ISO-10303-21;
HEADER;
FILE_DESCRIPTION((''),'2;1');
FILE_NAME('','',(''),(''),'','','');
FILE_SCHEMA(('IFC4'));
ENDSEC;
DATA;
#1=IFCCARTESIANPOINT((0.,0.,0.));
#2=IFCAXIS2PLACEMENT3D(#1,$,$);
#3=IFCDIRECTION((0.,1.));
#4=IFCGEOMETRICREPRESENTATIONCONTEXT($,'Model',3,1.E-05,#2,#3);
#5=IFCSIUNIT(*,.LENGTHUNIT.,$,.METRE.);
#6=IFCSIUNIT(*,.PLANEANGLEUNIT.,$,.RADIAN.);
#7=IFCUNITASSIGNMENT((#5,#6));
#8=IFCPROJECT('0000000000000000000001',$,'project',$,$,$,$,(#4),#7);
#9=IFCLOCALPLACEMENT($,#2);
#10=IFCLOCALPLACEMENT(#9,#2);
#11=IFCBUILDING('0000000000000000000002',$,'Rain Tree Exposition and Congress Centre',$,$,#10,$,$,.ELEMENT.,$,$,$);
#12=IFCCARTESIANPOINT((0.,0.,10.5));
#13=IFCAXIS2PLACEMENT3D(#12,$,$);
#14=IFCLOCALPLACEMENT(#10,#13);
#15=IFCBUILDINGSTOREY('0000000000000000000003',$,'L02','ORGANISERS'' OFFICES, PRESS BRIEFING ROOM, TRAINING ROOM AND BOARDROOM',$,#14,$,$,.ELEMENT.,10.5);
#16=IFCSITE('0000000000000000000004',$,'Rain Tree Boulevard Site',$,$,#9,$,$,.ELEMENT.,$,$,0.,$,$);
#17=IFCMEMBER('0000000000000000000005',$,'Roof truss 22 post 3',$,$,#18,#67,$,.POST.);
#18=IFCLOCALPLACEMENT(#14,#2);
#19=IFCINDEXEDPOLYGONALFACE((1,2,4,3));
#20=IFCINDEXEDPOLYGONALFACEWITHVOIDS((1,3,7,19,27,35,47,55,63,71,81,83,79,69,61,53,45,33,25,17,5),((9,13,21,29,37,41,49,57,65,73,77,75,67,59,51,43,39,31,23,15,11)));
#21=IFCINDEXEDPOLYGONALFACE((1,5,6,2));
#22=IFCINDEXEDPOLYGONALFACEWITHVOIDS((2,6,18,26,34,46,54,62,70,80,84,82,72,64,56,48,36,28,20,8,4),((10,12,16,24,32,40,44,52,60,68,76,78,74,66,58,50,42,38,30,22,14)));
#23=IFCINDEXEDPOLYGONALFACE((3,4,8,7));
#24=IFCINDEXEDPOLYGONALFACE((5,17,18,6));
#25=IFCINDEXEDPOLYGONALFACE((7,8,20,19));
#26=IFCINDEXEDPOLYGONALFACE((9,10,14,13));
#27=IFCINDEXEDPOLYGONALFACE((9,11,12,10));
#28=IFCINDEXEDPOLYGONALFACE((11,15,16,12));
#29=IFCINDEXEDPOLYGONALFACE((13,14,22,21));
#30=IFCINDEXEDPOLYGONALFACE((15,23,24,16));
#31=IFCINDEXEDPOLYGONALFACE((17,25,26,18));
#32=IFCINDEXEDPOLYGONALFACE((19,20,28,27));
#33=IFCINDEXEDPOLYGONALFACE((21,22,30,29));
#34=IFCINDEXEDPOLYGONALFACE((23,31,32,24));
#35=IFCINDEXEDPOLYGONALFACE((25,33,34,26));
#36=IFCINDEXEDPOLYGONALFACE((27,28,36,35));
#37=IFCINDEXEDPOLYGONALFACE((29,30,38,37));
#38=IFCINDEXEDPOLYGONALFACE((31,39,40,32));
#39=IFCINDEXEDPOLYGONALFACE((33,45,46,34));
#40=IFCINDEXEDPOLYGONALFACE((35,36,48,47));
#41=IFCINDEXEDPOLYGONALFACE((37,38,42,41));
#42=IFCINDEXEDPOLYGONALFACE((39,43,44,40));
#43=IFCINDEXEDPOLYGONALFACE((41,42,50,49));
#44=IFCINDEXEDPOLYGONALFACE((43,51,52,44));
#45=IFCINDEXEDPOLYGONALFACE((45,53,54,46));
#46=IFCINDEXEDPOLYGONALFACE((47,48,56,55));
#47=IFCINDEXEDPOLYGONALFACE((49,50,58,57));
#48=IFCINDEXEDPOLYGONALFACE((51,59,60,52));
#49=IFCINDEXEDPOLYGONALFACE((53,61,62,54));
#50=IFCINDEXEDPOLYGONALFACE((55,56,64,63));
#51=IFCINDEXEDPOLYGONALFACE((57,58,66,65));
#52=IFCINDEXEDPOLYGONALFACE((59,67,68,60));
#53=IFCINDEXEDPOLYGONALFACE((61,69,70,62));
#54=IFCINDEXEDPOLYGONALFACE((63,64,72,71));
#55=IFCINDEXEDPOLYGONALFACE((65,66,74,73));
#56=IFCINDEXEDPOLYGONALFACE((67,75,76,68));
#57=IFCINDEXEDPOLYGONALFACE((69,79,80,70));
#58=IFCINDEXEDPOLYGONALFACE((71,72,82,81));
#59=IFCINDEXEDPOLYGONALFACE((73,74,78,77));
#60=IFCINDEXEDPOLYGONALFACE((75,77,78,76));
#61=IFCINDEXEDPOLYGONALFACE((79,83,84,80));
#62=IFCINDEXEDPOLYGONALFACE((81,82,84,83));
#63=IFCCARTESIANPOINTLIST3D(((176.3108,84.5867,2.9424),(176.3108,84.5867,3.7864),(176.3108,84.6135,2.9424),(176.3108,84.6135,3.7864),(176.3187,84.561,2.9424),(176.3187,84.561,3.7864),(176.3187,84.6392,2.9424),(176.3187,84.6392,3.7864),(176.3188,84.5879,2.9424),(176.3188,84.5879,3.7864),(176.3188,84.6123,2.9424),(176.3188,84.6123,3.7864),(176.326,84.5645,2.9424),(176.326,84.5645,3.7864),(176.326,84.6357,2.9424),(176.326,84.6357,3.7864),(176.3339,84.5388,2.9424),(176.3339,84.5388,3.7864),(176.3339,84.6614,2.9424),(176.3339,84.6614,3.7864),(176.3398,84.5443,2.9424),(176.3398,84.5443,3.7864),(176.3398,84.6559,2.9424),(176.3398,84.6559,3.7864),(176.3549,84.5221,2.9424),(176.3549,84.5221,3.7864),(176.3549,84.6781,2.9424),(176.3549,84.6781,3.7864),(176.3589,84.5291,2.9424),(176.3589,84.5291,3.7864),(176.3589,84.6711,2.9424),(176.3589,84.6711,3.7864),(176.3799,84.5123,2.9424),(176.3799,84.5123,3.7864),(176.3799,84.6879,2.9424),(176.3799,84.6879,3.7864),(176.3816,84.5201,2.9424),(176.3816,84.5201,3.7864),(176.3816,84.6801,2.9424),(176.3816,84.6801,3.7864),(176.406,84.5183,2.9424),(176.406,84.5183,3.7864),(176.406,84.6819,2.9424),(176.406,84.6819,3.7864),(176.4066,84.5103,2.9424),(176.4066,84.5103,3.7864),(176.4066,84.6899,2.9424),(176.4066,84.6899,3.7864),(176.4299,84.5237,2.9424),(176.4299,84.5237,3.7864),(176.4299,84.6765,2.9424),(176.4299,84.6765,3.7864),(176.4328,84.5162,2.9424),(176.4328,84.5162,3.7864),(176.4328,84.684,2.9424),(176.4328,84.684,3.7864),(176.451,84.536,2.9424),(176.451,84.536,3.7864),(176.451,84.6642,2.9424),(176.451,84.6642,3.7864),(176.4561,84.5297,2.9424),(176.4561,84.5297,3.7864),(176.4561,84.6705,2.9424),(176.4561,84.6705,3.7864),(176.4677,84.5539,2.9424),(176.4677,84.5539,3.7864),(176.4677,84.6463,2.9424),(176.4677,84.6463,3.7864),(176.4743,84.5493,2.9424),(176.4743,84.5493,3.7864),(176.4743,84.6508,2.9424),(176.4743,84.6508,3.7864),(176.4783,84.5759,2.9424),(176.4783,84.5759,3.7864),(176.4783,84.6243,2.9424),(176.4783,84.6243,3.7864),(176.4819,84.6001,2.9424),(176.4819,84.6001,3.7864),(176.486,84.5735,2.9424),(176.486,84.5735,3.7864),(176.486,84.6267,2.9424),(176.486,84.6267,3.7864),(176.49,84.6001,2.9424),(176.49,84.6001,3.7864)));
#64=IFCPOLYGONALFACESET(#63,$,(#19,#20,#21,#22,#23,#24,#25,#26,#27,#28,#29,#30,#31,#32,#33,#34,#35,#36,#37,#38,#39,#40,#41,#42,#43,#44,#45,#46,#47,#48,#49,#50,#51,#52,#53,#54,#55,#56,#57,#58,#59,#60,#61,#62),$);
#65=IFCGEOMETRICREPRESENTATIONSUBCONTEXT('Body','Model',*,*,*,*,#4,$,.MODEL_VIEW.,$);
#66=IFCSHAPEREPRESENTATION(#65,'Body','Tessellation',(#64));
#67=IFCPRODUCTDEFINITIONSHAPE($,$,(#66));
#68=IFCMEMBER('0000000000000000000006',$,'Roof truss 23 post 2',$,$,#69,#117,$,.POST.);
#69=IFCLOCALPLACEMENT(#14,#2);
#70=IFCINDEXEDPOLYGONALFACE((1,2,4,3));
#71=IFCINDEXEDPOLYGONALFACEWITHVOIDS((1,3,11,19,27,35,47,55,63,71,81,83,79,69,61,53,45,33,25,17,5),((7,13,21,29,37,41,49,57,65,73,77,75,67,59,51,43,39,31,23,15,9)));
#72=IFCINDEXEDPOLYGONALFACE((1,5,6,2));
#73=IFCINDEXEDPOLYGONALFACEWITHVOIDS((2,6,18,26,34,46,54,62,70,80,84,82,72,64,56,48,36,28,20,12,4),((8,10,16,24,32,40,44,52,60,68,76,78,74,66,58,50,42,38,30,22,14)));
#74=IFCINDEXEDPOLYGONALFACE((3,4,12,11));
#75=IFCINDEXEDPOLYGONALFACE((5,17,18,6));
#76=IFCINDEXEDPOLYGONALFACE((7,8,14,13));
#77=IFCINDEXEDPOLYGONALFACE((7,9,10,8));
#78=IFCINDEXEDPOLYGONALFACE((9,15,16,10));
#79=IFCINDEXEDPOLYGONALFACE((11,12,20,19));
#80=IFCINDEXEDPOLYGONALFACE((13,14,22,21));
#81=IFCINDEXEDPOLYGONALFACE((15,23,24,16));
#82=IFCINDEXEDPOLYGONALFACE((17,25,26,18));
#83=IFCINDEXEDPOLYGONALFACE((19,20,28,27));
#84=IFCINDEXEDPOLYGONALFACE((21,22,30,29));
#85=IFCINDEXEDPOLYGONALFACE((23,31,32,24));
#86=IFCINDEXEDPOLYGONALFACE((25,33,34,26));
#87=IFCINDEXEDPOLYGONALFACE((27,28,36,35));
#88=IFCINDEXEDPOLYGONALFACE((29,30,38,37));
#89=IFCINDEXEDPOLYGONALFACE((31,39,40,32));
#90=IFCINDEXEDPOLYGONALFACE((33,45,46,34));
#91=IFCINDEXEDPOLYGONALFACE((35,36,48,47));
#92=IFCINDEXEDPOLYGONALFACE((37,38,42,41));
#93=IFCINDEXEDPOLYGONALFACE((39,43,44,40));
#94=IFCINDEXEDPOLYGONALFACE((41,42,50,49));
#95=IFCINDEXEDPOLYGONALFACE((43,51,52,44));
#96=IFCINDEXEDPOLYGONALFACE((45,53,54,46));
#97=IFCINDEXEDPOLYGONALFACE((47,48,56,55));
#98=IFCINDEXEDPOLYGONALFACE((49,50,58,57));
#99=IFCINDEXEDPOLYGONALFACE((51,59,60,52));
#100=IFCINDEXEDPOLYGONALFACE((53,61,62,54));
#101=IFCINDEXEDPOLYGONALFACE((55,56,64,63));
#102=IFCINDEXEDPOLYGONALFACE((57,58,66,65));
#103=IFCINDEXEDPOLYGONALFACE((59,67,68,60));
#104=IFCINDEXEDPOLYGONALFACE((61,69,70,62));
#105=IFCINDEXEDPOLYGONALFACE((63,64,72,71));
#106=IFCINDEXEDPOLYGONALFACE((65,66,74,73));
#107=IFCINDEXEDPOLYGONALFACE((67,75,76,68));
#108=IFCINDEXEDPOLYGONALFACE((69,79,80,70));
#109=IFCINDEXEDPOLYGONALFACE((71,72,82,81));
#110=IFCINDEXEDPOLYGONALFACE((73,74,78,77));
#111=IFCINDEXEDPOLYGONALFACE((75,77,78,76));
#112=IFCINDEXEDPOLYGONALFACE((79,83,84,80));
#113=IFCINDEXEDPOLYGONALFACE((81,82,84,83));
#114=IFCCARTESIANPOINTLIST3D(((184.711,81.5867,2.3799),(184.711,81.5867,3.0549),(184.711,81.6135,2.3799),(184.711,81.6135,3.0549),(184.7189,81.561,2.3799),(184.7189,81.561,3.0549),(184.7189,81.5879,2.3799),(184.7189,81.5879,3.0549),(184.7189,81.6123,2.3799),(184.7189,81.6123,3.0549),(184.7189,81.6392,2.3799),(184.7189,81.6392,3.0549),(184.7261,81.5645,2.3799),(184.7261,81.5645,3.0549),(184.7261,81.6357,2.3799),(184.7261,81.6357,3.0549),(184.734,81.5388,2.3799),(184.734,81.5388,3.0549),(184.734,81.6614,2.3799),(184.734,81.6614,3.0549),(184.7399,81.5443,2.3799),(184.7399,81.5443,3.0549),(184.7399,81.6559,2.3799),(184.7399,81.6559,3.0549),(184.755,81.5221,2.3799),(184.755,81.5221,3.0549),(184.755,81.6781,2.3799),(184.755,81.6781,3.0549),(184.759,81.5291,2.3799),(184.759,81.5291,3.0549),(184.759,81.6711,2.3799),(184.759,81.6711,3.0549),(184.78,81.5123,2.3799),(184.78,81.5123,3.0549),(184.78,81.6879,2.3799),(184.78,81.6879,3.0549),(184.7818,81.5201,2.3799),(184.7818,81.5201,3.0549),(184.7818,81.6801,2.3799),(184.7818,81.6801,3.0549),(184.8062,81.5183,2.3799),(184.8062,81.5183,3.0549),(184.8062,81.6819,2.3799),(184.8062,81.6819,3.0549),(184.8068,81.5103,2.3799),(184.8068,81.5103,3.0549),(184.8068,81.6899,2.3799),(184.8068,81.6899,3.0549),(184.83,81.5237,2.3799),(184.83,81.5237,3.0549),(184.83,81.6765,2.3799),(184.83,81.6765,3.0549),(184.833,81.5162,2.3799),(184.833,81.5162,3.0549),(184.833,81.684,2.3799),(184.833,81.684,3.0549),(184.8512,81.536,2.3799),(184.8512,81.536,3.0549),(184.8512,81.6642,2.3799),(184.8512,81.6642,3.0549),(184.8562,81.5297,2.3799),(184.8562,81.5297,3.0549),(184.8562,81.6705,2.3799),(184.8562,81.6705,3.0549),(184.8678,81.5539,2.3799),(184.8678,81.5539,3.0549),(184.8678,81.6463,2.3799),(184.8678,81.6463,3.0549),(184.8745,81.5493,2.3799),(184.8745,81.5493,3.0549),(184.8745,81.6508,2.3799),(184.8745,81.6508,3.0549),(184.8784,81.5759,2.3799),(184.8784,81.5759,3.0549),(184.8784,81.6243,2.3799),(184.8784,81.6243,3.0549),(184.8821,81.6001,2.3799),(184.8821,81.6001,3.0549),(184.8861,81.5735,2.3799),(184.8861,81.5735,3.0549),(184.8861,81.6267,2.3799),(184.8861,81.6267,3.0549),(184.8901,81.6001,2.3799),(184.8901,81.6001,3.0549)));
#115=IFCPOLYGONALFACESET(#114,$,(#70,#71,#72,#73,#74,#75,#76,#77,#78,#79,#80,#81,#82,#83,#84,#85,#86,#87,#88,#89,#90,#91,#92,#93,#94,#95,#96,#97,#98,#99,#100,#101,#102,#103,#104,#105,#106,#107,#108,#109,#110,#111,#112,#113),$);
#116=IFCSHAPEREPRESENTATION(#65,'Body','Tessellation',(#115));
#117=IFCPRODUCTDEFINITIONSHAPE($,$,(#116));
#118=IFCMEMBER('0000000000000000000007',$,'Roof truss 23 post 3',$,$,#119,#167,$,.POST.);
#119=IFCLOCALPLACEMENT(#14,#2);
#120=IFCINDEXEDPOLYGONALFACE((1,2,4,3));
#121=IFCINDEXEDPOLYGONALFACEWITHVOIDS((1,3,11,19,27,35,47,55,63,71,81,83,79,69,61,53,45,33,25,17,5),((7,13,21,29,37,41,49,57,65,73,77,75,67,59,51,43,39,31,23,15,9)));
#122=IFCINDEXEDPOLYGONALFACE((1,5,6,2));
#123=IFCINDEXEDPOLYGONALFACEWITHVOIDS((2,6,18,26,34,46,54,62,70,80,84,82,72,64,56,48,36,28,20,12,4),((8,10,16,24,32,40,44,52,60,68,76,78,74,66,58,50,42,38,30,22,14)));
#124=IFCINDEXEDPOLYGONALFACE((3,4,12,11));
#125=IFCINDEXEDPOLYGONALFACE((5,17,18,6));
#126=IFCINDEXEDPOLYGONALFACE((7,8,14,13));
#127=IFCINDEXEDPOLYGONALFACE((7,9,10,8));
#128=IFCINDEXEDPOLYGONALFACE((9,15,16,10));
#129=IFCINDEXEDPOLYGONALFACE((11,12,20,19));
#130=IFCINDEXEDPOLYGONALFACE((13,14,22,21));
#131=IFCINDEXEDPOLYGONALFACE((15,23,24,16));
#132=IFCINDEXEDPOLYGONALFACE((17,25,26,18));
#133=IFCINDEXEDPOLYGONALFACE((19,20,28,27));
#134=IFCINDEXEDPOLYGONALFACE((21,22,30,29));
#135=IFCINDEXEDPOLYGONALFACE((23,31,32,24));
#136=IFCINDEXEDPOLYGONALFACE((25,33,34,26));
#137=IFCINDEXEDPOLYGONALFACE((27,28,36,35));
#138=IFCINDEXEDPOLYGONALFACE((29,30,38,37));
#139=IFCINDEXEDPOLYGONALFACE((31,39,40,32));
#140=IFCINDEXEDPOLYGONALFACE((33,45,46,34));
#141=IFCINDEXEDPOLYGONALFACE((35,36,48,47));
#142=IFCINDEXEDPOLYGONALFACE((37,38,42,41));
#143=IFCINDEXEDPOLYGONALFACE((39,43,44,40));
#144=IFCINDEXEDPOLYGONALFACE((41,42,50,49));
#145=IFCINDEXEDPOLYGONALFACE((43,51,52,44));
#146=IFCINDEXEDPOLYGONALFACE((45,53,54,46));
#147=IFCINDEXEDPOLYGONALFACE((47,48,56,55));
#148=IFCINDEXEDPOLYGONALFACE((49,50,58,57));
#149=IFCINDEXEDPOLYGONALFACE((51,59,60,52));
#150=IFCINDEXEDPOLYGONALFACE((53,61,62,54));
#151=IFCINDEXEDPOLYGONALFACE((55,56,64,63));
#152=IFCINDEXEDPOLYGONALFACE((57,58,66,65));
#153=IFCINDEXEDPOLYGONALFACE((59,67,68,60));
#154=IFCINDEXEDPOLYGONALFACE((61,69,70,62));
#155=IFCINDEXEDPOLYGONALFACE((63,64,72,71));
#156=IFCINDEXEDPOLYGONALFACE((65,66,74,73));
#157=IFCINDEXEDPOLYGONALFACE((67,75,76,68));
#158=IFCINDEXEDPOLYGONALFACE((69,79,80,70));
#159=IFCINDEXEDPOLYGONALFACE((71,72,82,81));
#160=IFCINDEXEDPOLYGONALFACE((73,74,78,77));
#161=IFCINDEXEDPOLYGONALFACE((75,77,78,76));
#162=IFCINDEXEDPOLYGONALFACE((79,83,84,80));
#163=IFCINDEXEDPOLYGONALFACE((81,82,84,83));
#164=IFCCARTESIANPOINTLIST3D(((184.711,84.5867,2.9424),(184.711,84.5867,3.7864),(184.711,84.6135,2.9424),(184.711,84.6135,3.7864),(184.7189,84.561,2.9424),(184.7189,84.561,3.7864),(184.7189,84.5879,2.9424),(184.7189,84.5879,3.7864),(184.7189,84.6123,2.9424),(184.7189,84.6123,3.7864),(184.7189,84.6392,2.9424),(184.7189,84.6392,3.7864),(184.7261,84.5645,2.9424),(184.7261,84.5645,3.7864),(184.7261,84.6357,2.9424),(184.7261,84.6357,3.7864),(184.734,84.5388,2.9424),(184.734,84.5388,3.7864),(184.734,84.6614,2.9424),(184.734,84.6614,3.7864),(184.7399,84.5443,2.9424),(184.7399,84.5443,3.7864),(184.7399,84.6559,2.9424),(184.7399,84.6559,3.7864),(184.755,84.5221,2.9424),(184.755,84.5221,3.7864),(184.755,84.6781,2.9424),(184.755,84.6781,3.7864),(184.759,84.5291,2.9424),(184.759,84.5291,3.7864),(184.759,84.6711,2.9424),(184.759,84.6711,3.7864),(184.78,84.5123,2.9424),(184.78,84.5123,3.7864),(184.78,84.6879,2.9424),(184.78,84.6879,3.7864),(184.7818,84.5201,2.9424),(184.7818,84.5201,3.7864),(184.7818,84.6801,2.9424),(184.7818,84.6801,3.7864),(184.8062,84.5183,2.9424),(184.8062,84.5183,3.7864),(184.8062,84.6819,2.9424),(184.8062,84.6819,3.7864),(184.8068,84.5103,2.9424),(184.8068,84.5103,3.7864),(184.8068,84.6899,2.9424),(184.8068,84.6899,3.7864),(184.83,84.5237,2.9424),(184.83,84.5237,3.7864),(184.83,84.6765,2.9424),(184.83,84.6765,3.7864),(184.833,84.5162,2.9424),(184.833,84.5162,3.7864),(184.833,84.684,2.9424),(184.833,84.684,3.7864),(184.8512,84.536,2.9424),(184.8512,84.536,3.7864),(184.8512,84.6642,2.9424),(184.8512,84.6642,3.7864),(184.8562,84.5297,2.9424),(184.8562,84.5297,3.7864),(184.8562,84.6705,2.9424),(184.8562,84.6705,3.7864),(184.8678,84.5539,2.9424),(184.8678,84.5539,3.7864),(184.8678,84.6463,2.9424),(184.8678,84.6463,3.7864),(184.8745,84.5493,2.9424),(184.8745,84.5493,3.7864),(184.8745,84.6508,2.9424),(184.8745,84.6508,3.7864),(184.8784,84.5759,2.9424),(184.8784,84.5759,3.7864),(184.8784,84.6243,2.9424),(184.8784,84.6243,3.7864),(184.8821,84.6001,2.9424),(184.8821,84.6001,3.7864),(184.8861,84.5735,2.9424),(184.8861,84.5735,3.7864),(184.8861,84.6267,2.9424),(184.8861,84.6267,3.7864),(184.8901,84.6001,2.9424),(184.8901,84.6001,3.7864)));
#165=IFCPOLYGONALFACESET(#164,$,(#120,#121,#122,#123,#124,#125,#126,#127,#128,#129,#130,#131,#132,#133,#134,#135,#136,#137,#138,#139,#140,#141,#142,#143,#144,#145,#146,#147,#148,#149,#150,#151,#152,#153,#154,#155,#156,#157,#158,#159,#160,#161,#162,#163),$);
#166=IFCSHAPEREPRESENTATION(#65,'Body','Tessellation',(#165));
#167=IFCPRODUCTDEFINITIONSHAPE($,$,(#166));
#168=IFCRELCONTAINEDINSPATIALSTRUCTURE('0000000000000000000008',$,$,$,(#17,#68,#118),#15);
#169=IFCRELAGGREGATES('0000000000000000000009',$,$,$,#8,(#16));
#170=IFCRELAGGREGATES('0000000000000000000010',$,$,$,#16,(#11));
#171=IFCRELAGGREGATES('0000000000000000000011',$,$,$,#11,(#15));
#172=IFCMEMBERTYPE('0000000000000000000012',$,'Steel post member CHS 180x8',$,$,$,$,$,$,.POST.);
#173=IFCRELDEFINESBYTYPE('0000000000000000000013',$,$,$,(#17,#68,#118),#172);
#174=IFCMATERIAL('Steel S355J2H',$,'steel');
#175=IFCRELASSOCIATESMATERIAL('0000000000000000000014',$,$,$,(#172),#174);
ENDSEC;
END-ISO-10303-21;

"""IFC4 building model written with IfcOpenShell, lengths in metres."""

from ifc_helpers import new_model, si_unit, direction, frame, origin, origin_2d, place, context, subcontext, project, spatial, hollow_circle, extrude, material, material_profile, profile_set, type_object, element, save


model = new_model("IFC4")

# Units and contexts
model_context = context("Model", 3, precision=1e-05, world=origin(), true_north=direction((0.0, 1.0)))
body_context = subcontext(model_context, "Body", "Model", "MODEL_VIEW")
ifc_project = project(units=[si_unit("LENGTHUNIT", "METRE"), si_unit("PLANEANGLEUNIT", "RADIAN")], contexts=[model_context])

# Site, building, storey
site_placement = place(None, origin())
site = spatial("IfcSite", under=ifc_project, at=site_placement, Name="Rain Tree Boulevard Site", CompositionType="ELEMENT", RefElevation=0.0)
building_placement = place(site_placement, origin())
building = spatial("IfcBuilding", under=site, at=building_placement, Name="Rain Tree Exposition and Congress Centre", CompositionType="ELEMENT")
storey_placement = place(building_placement, frame((0.0, 0.0, 10.5)))
storey = spatial("IfcBuildingStorey", under=building, at=storey_placement, Name="L02", Description="ORGANISERS' OFFICES, PRESS BRIEFING ROOM, TRAINING ROOM AND BOARDROOM", CompositionType="ELEMENT", Elevation=10.5)

# Members
ifc_material_1 = material(Name="Steel S355J2H", Category="steel")
ifc_material_profile_1 = material_profile(ifc_material_1, hollow_circle(Radius=0.0901, WallThickness=0.0081, at=origin_2d()), Name="CHS 180x8")
ifc_profile_set_1 = profile_set([ifc_material_profile_1], Name="Steel S355J2H")
member_type_1 = type_object("IfcMemberType", Name="Steel post member CHS 180x8", PredefinedType="POST", material=ifc_profile_set_1)
member_1_placement = place(storey_placement, frame((176.3999, 84.6001, 2.9424), z_axis=(0.0, 0.0, 1.0), x_axis=(1.0, 0.0, 0.0)))
element("IfcMember", 1, at=member_1_placement, inside=storey, type_object=member_type_1, Name="Roof truss 22 post 3", PredefinedType="POST", context=body_context, shape_type="SweptSolid", body=[
    extrude(hollow_circle(Radius=0.0901, WallThickness=0.0081, at=origin_2d()), origin(), (0.0, 0.0, 1.0), 0.844),
])
member_2_placement = place(storey_placement, frame((184.8, 81.6001, 2.3799), z_axis=(0.0, 0.0, 1.0), x_axis=(1.0, 0.0, 0.0)))
element("IfcMember", 2, at=member_2_placement, inside=storey, type_object=member_type_1, Name="Roof truss 23 post 2", PredefinedType="POST", context=body_context, shape_type="SweptSolid", body=[
    extrude(hollow_circle(Radius=0.0901, WallThickness=0.0081, at=origin_2d()), origin(), (0.0, 0.0, 1.0), 0.675),
])
member_3_placement = place(storey_placement, frame((184.8, 84.6001, 2.9424), z_axis=(0.0, 0.0, 1.0), x_axis=(1.0, 0.0, 0.0)))
element("IfcMember", 3, at=member_3_placement, inside=storey, type_object=member_type_1, Name="Roof truss 23 post 3", PredefinedType="POST", context=body_context, shape_type="SweptSolid", body=[
    extrude(hollow_circle(Radius=0.0901, WallThickness=0.0081, at=origin_2d()), origin(), (0.0, 0.0, 1.0), 0.844),
])

save(model, "model.ifc")
